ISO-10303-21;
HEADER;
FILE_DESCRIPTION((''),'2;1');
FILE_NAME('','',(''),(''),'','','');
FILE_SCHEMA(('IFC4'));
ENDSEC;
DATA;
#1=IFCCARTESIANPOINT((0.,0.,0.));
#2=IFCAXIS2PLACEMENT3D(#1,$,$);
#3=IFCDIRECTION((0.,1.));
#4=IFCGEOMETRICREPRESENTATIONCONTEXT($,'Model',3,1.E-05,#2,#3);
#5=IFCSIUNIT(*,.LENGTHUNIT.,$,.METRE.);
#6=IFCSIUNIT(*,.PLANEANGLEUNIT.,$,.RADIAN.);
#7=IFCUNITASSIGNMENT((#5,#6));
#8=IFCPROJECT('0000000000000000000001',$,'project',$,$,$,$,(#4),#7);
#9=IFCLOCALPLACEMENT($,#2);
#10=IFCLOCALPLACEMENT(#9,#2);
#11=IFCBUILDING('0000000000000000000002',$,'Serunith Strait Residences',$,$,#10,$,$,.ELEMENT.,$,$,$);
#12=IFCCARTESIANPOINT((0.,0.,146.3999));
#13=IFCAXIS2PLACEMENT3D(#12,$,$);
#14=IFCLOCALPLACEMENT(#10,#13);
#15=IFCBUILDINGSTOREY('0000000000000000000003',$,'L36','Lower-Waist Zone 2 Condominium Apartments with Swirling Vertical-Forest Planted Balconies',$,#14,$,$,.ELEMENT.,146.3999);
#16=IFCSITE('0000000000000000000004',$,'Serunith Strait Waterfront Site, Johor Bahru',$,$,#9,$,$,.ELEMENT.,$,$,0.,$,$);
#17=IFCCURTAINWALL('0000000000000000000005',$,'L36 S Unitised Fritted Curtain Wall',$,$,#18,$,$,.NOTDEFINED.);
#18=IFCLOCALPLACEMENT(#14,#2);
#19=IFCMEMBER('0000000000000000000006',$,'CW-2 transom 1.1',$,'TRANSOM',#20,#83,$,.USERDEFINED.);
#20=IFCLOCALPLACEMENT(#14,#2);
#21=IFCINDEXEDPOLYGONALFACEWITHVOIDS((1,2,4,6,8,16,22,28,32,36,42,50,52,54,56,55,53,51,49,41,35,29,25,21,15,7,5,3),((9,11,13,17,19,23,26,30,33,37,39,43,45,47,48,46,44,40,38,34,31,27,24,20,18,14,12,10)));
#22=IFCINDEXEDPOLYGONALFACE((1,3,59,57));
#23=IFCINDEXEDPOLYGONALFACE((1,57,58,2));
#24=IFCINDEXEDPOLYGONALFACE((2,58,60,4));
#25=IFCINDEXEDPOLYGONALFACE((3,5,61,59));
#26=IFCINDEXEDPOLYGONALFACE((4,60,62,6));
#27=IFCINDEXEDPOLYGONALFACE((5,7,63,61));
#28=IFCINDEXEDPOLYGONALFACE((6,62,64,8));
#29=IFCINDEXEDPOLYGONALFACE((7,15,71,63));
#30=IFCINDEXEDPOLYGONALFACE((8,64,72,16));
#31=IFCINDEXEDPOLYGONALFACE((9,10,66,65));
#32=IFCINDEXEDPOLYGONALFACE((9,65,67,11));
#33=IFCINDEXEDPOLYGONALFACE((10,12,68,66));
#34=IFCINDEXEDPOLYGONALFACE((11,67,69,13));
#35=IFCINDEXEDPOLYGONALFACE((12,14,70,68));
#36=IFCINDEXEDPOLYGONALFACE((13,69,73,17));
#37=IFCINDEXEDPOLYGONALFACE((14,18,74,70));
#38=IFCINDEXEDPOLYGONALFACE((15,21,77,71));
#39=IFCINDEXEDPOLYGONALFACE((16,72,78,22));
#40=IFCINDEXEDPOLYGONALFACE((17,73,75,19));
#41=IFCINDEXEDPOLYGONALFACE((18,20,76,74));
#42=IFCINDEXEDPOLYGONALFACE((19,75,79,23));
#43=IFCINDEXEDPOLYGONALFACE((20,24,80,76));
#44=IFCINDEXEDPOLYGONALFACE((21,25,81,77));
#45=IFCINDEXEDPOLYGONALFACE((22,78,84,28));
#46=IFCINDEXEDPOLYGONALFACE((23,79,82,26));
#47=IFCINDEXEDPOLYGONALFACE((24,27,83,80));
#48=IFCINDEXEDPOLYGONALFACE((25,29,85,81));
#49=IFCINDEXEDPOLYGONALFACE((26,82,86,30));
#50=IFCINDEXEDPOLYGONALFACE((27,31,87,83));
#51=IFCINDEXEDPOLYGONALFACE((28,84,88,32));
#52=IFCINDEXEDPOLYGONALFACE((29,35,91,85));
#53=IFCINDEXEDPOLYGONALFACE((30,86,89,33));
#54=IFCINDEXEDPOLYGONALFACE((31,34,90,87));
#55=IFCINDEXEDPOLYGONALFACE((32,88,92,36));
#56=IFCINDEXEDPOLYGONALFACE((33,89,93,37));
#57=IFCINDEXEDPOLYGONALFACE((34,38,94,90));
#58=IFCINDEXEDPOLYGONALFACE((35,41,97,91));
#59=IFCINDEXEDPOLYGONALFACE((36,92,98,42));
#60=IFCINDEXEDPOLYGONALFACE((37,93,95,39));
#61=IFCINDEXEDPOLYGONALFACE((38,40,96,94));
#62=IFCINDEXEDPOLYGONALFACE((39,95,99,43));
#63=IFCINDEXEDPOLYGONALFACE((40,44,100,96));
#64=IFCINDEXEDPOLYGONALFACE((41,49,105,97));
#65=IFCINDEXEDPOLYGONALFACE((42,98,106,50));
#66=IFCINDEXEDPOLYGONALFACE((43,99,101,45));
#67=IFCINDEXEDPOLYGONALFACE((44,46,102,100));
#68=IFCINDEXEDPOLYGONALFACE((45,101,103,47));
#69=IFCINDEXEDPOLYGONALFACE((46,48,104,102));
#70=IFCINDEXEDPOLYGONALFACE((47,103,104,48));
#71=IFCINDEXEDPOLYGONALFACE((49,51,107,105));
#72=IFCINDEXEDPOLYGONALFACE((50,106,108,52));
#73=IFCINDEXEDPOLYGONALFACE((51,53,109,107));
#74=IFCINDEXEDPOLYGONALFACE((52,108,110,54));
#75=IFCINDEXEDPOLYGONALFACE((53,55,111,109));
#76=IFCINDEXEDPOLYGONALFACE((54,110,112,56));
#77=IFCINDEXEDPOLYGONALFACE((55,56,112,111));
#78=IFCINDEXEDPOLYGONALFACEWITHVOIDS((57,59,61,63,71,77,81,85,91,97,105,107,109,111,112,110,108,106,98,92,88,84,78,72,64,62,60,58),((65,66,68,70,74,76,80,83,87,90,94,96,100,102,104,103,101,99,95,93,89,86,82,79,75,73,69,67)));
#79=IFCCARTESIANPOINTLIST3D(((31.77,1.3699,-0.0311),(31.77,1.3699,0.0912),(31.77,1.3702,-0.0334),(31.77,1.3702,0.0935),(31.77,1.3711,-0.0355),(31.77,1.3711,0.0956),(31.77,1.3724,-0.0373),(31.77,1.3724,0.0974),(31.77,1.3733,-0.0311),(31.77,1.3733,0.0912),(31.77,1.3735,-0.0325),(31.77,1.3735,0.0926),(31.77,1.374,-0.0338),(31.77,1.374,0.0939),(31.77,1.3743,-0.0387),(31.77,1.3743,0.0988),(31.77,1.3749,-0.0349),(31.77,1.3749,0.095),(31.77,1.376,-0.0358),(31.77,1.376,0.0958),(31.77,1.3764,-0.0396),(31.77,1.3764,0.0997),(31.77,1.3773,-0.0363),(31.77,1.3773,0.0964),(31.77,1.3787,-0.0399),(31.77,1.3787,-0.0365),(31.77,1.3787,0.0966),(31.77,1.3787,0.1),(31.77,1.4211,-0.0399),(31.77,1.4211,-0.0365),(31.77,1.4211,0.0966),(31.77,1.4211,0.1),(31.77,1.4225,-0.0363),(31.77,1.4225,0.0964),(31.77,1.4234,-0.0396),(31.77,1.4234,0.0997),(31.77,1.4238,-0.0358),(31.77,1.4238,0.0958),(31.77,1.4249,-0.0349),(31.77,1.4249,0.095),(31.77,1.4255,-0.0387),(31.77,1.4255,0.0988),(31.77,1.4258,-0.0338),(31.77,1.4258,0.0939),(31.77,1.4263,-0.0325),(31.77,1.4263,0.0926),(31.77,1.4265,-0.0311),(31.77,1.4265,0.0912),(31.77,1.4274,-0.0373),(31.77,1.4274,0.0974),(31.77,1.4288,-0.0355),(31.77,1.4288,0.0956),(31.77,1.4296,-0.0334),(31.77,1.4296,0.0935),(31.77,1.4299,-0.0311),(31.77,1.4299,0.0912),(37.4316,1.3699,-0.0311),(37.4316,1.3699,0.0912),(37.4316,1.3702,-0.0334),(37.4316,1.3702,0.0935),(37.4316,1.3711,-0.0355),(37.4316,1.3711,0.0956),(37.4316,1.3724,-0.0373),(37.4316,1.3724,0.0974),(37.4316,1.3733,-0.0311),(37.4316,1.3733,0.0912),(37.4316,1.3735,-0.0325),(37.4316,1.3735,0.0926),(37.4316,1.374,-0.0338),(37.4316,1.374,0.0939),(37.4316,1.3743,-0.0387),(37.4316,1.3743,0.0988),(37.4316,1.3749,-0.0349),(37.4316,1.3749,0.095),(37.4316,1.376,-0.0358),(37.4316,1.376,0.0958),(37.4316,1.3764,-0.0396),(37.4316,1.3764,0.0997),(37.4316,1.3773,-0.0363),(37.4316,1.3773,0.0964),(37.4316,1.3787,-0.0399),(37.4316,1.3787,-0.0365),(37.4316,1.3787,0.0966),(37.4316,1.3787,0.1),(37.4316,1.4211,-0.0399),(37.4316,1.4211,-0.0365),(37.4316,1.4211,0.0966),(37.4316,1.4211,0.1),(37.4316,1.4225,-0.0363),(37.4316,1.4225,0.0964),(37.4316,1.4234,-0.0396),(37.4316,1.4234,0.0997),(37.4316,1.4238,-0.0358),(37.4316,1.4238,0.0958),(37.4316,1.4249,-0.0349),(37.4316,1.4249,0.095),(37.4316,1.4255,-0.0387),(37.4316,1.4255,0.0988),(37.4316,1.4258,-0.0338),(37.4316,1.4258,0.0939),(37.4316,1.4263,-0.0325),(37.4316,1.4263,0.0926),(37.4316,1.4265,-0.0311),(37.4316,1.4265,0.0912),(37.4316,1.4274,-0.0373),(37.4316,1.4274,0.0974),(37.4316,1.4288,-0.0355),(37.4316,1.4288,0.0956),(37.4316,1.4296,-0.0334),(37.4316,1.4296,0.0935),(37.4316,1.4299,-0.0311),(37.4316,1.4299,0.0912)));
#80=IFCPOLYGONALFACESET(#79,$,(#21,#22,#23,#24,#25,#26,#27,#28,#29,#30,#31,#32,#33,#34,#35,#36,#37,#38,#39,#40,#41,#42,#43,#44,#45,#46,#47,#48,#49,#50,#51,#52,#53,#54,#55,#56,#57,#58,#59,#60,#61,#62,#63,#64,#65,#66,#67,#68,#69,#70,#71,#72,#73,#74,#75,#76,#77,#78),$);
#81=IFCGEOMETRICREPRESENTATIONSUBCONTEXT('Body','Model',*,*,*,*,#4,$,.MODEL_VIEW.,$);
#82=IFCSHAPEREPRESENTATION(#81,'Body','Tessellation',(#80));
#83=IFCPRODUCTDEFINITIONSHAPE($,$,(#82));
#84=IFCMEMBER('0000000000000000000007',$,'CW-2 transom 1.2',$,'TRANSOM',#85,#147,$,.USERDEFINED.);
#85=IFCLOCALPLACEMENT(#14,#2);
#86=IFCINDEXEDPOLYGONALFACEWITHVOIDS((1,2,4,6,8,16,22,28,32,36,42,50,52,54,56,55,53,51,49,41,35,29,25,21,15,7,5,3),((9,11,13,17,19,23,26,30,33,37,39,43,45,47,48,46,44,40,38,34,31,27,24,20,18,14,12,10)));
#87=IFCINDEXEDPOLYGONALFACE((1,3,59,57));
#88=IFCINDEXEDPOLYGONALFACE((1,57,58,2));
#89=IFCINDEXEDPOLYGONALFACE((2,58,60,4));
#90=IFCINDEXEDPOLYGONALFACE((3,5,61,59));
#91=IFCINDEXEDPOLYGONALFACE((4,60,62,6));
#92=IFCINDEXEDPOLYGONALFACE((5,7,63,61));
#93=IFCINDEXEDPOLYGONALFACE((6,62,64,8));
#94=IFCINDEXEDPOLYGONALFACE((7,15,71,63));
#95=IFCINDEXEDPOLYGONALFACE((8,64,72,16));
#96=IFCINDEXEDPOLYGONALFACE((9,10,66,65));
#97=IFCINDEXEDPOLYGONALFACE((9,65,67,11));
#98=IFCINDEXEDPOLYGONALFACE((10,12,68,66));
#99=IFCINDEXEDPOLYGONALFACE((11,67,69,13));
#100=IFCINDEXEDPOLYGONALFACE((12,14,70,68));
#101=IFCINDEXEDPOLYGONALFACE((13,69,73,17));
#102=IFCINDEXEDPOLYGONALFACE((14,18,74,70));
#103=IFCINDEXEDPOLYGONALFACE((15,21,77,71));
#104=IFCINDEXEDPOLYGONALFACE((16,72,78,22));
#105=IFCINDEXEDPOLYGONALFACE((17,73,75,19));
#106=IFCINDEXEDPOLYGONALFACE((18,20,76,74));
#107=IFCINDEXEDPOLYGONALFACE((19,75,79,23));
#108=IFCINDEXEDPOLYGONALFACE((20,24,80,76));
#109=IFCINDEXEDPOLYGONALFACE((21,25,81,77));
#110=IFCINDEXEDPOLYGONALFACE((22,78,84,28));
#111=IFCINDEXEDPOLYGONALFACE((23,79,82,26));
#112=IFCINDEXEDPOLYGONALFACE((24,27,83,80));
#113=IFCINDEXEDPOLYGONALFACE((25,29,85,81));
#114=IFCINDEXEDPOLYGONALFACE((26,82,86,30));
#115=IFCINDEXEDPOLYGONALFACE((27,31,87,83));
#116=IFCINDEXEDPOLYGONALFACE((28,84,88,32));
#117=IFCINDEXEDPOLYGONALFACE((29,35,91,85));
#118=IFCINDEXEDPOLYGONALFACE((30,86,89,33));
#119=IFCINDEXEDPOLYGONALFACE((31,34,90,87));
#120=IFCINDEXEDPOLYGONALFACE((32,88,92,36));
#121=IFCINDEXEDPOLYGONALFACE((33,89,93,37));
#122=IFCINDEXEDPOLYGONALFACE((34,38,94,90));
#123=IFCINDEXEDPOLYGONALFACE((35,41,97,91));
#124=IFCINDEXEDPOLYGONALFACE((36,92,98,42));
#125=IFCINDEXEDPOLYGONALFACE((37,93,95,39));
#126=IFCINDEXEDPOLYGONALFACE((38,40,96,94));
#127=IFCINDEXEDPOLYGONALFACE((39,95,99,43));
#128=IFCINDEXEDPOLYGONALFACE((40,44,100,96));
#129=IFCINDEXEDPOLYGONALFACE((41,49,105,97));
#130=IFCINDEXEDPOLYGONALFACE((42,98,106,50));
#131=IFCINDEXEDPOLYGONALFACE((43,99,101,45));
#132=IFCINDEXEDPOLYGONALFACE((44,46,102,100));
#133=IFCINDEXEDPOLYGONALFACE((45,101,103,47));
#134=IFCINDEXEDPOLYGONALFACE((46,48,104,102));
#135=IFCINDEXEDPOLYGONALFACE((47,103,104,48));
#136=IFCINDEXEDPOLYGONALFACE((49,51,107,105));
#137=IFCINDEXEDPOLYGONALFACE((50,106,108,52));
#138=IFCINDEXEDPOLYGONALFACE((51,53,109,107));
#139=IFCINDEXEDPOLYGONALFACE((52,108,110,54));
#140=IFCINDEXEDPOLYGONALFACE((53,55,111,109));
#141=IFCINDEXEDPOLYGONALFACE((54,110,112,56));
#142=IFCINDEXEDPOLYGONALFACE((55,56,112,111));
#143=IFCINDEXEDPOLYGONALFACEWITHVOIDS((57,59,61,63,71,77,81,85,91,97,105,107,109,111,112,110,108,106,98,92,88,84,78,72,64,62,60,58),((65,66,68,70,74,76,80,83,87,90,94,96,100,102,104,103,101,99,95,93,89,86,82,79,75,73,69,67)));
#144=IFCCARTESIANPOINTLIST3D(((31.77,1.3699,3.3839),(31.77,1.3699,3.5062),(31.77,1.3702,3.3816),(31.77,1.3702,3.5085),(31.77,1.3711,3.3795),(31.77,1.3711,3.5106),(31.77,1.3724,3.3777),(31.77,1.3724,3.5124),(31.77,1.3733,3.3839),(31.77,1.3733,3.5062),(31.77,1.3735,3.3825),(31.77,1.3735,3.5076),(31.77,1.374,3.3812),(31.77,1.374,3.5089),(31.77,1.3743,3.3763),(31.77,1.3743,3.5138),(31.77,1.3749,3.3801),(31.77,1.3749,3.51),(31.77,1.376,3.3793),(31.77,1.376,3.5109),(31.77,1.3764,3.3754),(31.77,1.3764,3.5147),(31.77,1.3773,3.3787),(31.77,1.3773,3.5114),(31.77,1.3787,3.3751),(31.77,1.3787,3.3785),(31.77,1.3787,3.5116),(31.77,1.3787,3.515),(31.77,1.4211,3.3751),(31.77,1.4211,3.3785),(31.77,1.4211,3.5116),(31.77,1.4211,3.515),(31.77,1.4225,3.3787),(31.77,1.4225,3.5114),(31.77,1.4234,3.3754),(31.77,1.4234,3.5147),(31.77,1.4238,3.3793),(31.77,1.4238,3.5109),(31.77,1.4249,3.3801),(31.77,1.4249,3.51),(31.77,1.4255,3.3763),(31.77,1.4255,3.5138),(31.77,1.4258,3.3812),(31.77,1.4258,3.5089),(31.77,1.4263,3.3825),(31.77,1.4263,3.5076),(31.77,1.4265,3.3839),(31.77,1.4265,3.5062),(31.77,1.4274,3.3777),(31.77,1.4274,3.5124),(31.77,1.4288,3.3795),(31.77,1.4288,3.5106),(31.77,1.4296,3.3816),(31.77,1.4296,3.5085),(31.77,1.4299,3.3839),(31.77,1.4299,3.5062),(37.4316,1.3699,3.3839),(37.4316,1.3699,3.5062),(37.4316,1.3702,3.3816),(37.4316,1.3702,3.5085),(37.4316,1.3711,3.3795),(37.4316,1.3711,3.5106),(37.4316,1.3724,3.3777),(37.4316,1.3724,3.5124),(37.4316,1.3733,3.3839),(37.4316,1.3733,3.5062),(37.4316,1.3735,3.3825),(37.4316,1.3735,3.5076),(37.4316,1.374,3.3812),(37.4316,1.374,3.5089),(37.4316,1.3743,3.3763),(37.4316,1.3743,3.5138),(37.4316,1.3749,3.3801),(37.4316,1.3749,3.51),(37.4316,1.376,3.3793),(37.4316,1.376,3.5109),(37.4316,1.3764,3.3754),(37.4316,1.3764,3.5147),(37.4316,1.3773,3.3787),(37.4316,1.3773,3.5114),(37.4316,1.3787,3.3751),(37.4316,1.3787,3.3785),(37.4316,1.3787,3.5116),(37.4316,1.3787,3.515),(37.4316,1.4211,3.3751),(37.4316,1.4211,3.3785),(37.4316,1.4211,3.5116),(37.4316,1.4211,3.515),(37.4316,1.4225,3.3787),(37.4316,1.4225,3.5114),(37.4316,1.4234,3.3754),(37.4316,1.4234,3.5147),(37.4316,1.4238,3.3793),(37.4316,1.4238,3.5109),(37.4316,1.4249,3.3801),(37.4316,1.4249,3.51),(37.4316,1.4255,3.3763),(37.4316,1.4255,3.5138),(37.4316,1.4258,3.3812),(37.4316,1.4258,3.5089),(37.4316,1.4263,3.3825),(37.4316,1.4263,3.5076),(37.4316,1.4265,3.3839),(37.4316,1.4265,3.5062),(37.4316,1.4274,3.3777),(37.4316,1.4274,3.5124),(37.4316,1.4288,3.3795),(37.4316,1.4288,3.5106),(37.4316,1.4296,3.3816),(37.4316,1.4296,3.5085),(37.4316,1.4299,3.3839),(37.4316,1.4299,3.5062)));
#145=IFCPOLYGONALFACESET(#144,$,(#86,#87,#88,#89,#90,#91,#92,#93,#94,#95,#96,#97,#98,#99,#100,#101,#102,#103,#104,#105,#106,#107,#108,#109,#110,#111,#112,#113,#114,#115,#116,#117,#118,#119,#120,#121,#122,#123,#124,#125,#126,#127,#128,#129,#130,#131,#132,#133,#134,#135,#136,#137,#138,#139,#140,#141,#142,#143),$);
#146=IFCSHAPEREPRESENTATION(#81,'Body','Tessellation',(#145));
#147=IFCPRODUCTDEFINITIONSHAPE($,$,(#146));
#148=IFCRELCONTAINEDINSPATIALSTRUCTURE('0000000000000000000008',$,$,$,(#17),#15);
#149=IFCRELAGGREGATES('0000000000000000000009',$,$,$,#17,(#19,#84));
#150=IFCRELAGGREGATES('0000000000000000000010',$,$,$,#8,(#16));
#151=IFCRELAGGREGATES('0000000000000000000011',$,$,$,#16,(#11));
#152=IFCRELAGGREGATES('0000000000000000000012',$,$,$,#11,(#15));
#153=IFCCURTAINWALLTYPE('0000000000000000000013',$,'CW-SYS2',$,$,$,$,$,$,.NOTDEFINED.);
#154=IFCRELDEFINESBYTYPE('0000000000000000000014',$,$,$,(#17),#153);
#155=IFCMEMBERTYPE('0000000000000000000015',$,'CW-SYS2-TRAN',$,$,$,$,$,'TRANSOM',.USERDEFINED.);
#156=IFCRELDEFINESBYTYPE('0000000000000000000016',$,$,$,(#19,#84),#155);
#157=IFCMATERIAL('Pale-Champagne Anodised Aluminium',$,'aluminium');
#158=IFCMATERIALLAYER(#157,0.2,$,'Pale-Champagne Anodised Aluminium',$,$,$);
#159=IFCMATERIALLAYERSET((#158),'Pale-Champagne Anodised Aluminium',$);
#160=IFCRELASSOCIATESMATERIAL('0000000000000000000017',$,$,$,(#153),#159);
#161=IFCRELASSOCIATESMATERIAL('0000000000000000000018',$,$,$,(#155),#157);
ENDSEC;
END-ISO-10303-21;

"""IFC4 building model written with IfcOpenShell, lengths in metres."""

from ifc_helpers import new_model, si_unit, direction, frame, origin, origin_2d, place, context, subcontext, project, spatial, hollow_rectangle, extrude, source, transform, mapped, material, layer, layer_set, material_profile, profile_set, type_object, element, aggregate, save


model = new_model("IFC4")

# Units and contexts
model_context = context("Model", 3, precision=1e-05, world=origin(), true_north=direction((0.0, 1.0)))
body_context = subcontext(model_context, "Body", "Model", "MODEL_VIEW")
ifc_project = project(units=[si_unit("LENGTHUNIT", "METRE"), si_unit("PLANEANGLEUNIT", "RADIAN")], contexts=[model_context])

# Site, building, storey
site_placement = place(None, origin())
site = spatial("IfcSite", under=ifc_project, at=site_placement, Name="Serunith Strait Waterfront Site, Johor Bahru", CompositionType="ELEMENT", RefElevation=0.0)
building_placement = place(site_placement, origin())
building = spatial("IfcBuilding", under=site, at=building_placement, Name="Serunith Strait Residences", CompositionType="ELEMENT")
storey_placement = place(building_placement, frame((0.0, 0.0, 146.3999)))
storey = spatial("IfcBuildingStorey", under=building, at=storey_placement, Name="L36", Description="Lower-Waist Zone 2 Condominium Apartments with Swirling Vertical-Forest Planted Balconies", CompositionType="ELEMENT", Elevation=146.3999)

# Curtain wall, members
ifc_material_1 = material(Name="Pale-Champagne Anodised Aluminium", Category="aluminium")
ifc_layer_1 = layer(ifc_material_1, 0.2, Name="Pale-Champagne Anodised Aluminium")
ifc_layer_set_1 = layer_set([ifc_layer_1], Name="Pale-Champagne Anodised Aluminium")
curtain_wall_type = type_object("IfcCurtainWallType", Name="CW-SYS2", PredefinedType="NOTDEFINED", material=ifc_layer_set_1)
curtain_wall_placement = place(storey_placement, origin())
curtain_wall = element("IfcCurtainWall", 1, at=curtain_wall_placement, inside=storey, type_object=curtain_wall_type, Name="L36 S Unitised Fritted Curtain Wall", PredefinedType="NOTDEFINED")
ifc_material_profile_1 = material_profile(ifc_material_1, hollow_rectangle(XDim=0.0601, YDim=0.1399, WallThickness=0.0034, InnerFilletRadius=0.0054, OuterFilletRadius=0.0088, at=origin_2d()), Name="ALU 140x60x3.5")
ifc_profile_set_1 = profile_set([ifc_material_profile_1], Name="Pale-Champagne Anodised Aluminium")
member_type_1 = type_object("IfcMemberType", Name="CW-SYS2-TRAN", ElementType="TRANSOM", PredefinedType="USERDEFINED", material=ifc_profile_set_1)
shared_shape_1 = source(origin(), body_context, "Body", "SweptSolid", [
    extrude(hollow_rectangle(XDim=0.0601, YDim=0.1399, WallThickness=0.0034, InnerFilletRadius=0.0054, OuterFilletRadius=0.0088, at=origin_2d()), origin(), (0.0, 0.0, 1.0), 5.6616),
])
member_1_placement = place(storey_placement, frame((31.77, 1.3999, 0.03), z_axis=(1.0, 0.0, 0.0), x_axis=(0.0, 1.0, 0.0)))
member_1 = element("IfcMember", 2, at=member_1_placement, type_object=member_type_1, Name="CW-2 transom 1.1", ObjectType="TRANSOM", PredefinedType="USERDEFINED", context=body_context, shape_type="MappedRepresentation", body=[
    mapped(shared_shape_1, transform((0.0, 0.0, 0.0), scale=1.0)),
])
member_2_placement = place(storey_placement, frame((31.77, 1.3999, 3.4451), z_axis=(1.0, 0.0, 0.0), x_axis=(0.0, 1.0, 0.0)))
member_2 = element("IfcMember", 3, at=member_2_placement, type_object=member_type_1, Name="CW-2 transom 1.2", ObjectType="TRANSOM", PredefinedType="USERDEFINED", context=body_context, shape_type="MappedRepresentation", body=[
    mapped(shared_shape_1, transform((0.0, 0.0, 0.0), scale=1.0)),
])
aggregate(curtain_wall, [member_1, member_2])

save(model, "model.ifc")
